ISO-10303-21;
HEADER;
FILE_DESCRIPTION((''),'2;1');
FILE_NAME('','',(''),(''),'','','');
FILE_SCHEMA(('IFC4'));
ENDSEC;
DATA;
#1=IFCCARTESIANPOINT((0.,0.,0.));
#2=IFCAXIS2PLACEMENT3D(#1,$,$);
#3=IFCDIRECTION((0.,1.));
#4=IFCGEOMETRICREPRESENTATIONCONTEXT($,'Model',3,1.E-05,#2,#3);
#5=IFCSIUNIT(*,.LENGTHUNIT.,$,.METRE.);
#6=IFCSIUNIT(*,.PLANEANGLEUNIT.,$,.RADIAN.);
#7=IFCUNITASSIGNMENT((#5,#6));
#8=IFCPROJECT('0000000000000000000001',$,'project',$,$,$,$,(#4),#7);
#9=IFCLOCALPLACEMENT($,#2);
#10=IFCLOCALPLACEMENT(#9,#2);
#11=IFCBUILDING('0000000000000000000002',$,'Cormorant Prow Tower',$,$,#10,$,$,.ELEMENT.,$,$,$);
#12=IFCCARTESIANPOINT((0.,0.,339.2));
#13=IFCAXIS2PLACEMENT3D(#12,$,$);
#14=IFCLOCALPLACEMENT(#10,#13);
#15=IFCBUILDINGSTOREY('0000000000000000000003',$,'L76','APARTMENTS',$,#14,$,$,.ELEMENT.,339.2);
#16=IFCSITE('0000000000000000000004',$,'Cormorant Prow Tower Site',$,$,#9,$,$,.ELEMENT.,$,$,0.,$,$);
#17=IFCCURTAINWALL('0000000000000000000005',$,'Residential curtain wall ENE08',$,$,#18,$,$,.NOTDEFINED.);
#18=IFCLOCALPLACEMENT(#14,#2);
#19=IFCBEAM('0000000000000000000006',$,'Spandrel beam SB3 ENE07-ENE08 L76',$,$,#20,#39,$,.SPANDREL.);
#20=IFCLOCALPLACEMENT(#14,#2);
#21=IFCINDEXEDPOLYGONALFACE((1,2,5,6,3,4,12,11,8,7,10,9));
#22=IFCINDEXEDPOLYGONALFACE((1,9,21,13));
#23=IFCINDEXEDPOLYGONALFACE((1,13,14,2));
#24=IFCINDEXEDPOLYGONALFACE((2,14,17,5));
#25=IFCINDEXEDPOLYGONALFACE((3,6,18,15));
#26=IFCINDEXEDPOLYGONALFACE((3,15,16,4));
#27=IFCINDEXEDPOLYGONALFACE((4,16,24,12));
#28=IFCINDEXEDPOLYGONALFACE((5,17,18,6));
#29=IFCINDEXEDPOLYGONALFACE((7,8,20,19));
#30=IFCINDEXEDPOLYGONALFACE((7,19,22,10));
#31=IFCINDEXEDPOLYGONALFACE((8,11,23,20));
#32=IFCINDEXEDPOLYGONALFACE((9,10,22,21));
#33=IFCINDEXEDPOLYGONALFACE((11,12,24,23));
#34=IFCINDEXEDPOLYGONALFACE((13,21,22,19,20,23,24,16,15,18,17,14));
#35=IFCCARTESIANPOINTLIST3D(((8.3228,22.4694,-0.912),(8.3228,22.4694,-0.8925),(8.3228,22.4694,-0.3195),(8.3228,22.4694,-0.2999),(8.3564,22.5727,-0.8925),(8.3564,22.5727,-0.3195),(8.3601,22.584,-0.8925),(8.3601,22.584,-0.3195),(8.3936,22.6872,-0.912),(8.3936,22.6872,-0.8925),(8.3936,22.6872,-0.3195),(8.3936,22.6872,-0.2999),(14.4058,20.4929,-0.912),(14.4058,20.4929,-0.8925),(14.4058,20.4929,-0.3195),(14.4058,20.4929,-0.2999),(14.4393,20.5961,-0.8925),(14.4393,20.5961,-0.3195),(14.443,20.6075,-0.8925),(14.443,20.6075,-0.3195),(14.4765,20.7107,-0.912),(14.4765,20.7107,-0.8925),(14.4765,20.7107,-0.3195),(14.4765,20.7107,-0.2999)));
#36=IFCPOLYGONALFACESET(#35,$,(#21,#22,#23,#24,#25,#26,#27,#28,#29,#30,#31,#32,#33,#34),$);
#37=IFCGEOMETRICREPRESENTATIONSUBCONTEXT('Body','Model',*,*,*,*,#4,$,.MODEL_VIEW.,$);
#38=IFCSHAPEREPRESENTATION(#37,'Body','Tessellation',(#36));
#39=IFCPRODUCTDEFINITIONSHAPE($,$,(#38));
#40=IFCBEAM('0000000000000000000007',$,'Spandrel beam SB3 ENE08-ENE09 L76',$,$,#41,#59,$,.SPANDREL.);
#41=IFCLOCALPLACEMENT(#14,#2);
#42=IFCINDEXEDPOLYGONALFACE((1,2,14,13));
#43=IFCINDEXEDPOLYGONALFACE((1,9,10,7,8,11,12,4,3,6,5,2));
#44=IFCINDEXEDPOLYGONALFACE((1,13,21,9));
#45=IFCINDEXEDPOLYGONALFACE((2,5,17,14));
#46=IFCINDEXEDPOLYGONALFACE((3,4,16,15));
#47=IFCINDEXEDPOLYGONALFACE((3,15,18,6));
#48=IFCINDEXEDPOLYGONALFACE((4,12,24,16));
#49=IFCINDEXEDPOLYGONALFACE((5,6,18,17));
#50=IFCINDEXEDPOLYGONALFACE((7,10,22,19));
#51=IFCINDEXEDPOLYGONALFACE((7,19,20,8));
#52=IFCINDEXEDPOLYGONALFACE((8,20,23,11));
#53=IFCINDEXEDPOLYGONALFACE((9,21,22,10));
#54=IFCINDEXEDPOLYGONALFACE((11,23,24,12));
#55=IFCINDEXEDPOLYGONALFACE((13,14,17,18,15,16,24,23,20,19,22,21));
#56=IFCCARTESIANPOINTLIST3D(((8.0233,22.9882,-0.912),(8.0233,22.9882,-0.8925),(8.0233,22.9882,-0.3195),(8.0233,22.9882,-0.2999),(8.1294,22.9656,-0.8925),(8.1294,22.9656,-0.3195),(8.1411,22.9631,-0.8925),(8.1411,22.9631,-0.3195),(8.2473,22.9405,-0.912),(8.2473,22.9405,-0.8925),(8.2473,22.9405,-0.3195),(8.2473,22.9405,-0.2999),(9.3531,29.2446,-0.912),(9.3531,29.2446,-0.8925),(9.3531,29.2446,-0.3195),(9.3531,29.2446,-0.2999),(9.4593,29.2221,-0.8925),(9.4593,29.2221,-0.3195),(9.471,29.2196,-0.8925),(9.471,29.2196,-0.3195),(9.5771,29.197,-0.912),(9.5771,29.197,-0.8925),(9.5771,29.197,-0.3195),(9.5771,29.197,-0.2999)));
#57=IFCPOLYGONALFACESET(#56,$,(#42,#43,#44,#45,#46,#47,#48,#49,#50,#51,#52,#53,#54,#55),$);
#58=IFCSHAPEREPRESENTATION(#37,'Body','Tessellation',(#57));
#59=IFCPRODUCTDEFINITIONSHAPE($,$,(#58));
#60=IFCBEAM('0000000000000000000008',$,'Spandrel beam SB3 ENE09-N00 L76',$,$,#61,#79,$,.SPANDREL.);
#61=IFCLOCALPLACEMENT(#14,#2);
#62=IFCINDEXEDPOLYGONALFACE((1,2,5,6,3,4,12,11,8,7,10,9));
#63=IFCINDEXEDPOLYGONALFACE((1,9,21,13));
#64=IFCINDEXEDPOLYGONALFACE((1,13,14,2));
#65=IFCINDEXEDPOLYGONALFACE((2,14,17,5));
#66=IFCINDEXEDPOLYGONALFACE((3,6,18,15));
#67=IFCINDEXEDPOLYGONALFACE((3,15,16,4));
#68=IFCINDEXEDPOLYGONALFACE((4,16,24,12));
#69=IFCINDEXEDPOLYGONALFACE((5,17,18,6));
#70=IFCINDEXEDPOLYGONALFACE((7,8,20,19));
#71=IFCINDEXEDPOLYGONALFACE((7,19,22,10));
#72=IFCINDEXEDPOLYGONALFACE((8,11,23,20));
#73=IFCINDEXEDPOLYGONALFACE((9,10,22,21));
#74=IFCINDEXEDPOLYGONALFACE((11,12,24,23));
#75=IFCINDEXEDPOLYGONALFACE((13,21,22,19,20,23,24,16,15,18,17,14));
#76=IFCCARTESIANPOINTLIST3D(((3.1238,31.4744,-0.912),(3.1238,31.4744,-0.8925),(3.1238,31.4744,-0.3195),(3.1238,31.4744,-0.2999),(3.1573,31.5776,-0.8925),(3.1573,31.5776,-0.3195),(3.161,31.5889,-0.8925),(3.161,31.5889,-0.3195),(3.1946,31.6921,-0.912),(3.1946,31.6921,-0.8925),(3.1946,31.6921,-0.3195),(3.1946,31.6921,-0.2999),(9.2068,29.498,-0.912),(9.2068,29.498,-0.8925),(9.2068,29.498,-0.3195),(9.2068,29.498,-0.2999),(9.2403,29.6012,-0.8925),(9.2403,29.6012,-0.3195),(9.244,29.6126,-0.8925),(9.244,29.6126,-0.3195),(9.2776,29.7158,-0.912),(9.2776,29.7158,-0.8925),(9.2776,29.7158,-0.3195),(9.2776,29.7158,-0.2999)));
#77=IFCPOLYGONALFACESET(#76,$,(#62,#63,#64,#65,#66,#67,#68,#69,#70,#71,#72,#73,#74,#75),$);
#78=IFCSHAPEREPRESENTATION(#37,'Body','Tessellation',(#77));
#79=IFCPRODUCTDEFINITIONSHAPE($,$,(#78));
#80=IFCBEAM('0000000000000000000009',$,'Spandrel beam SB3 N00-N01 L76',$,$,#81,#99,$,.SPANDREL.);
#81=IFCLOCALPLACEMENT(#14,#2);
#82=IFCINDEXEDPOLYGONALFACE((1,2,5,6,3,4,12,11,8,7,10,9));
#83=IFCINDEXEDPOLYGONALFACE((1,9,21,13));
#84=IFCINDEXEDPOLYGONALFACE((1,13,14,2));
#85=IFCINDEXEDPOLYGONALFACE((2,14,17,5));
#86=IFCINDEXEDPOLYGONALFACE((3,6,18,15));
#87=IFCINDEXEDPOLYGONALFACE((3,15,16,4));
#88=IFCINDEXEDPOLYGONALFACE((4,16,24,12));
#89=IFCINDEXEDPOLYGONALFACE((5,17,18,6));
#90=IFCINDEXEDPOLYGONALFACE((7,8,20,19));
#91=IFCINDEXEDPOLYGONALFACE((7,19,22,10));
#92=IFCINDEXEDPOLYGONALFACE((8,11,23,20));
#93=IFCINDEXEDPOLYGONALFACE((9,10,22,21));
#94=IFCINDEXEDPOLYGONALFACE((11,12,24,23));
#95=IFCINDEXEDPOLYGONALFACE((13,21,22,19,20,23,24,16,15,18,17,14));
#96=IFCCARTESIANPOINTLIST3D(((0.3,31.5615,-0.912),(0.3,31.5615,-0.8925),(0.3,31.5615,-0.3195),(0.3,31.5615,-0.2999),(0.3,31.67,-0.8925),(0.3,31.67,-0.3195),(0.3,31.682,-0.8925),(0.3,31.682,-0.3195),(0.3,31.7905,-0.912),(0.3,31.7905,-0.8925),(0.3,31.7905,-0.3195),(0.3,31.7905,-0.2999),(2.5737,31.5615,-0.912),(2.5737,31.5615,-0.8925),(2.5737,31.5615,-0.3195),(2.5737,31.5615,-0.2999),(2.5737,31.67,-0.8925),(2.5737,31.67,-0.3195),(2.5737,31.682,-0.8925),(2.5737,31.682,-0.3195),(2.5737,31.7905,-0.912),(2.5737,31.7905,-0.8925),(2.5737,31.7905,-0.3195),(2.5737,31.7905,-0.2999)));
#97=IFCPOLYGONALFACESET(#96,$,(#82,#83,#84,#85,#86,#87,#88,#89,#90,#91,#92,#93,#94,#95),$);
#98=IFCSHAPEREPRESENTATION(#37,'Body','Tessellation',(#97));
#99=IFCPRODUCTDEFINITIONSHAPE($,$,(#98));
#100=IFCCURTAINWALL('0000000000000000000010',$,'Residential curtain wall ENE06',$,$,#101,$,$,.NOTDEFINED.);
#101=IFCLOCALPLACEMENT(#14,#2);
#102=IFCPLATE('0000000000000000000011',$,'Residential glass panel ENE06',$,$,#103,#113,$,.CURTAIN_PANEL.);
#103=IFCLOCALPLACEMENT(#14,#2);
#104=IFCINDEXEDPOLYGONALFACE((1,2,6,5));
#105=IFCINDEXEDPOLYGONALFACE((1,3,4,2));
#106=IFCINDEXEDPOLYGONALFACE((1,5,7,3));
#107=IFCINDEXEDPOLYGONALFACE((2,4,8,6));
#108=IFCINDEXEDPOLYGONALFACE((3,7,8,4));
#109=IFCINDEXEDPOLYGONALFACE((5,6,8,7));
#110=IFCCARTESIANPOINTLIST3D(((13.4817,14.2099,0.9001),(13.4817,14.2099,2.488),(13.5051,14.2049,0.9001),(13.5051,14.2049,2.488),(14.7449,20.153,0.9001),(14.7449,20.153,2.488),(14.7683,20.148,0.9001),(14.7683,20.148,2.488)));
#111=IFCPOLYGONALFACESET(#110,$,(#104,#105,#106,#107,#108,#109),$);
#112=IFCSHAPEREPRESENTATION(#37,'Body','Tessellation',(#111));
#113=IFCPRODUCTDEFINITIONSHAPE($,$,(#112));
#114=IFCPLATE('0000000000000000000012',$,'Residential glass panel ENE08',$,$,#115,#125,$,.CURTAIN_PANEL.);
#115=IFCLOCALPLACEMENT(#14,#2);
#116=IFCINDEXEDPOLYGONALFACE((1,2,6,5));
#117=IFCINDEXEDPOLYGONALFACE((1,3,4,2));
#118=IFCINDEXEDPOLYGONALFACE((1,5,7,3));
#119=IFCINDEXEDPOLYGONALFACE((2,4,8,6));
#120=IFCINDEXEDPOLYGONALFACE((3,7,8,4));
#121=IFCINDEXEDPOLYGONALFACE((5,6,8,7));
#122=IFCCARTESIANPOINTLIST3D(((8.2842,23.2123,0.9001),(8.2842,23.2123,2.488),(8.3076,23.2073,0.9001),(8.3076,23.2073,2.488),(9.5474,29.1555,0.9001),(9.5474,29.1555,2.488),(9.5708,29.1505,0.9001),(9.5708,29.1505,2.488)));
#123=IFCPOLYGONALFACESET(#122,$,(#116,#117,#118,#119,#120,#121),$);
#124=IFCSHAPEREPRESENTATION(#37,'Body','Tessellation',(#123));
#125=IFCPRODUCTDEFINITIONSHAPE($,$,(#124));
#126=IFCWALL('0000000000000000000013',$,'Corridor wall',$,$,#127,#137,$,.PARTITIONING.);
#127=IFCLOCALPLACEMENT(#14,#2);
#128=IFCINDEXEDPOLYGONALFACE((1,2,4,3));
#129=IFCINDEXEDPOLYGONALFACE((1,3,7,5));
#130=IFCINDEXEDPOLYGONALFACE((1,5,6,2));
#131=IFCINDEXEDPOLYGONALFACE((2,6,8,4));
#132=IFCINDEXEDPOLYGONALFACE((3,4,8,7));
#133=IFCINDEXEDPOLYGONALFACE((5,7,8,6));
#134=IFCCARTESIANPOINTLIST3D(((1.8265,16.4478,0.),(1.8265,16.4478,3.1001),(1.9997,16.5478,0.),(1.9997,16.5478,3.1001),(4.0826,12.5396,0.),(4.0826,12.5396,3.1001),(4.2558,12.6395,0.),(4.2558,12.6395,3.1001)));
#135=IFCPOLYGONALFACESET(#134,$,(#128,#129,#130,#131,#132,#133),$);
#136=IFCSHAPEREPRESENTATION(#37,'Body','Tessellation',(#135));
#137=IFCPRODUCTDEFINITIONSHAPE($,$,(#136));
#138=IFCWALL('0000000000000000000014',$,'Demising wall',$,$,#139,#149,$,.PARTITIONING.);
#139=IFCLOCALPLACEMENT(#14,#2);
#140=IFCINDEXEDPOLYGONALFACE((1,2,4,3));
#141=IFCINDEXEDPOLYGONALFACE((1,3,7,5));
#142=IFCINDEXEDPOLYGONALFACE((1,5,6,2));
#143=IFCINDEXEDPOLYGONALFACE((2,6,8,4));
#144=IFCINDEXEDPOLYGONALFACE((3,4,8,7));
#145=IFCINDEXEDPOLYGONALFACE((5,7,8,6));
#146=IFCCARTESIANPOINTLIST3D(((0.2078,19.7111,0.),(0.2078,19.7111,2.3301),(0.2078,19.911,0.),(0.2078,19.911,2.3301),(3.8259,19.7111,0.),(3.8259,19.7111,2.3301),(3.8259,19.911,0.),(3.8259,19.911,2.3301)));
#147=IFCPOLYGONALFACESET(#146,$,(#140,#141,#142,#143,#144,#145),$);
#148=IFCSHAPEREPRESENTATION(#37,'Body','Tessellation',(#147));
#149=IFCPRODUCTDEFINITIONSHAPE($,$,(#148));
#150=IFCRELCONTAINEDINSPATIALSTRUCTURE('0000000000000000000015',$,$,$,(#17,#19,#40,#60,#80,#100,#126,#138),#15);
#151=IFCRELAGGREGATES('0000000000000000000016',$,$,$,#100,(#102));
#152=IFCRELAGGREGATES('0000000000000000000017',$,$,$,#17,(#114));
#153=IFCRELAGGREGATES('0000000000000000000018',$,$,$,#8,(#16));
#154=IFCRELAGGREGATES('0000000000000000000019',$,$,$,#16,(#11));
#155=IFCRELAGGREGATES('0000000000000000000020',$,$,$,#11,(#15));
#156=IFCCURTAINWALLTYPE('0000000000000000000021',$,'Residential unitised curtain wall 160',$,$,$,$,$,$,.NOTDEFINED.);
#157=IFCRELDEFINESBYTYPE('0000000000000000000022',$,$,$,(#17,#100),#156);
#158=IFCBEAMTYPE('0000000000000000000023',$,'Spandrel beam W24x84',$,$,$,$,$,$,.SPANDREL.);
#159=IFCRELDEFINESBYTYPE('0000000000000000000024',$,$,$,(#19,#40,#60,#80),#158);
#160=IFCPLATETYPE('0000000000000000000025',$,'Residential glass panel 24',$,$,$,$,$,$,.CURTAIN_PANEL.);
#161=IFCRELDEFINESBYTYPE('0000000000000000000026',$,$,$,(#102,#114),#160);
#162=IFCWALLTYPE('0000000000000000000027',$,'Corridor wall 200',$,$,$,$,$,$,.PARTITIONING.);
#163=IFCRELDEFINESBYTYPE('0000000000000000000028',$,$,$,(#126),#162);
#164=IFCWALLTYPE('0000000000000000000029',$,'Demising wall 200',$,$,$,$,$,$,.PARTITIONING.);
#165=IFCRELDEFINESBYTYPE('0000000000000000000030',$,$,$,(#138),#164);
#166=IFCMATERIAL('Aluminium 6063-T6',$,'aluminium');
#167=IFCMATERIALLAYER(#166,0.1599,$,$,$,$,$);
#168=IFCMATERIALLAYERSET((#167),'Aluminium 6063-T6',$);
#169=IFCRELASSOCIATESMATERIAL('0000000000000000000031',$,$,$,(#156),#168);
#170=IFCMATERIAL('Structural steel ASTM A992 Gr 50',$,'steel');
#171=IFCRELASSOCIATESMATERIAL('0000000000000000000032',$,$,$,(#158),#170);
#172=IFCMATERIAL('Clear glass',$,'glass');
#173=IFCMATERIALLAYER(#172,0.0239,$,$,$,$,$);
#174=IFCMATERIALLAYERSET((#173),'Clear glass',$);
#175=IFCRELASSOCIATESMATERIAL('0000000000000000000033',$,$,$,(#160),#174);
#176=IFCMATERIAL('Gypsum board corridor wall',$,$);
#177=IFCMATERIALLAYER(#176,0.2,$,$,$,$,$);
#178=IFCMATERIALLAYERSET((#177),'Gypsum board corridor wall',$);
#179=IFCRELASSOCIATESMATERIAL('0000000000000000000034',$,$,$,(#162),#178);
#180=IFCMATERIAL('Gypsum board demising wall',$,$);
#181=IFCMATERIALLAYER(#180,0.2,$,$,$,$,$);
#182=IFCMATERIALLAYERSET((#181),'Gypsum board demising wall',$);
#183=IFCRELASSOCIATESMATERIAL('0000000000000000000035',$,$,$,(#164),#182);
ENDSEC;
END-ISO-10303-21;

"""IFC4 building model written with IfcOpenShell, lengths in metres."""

from ifc_helpers import new_model, si_unit, direction, frame, frame_2d, origin, origin_2d, place, context, subcontext, project, spatial, rectangle, i_section, extrude, material, layer, layer_set, material_profile, profile_set, type_object, element, aggregate, save


model = new_model("IFC4")

# Units and contexts
model_context = context("Model", 3, precision=1e-05, world=origin(), true_north=direction((0.0, 1.0)))
body_context = subcontext(model_context, "Body", "Model", "MODEL_VIEW")
ifc_project = project(units=[si_unit("LENGTHUNIT", "METRE"), si_unit("PLANEANGLEUNIT", "RADIAN")], contexts=[model_context])

# Site, building, storey
site_placement = place(None, origin())
site = spatial("IfcSite", under=ifc_project, at=site_placement, Name="Cormorant Prow Tower Site", CompositionType="ELEMENT", RefElevation=0.0)
building_placement = place(site_placement, origin())
building = spatial("IfcBuilding", under=site, at=building_placement, Name="Cormorant Prow Tower", CompositionType="ELEMENT")
storey_placement = place(building_placement, frame((0.0, 0.0, 339.2)))
storey = spatial("IfcBuildingStorey", under=building, at=storey_placement, Name="L76", Description="APARTMENTS", CompositionType="ELEMENT", Elevation=339.2)

# Curtain wall
ifc_material_1 = material(Name="Aluminium 6063-T6", Category="aluminium")
ifc_layer_1 = layer(ifc_material_1, 0.1599)
ifc_layer_set_1 = layer_set([ifc_layer_1], Name="Aluminium 6063-T6")
curtain_wall_type = type_object("IfcCurtainWallType", Name="Residential unitised curtain wall 160", PredefinedType="NOTDEFINED", material=ifc_layer_set_1)
curtain_wall_1_placement = place(storey_placement, origin())
curtain_wall_1 = element("IfcCurtainWall", 1, at=curtain_wall_1_placement, inside=storey, type_object=curtain_wall_type, Name="Residential curtain wall ENE08", PredefinedType="NOTDEFINED")

# Beams
ifc_material_2 = material(Name="Structural steel ASTM A992 Gr 50", Category="steel")
ifc_material_profile_1 = material_profile(ifc_material_2, i_section(OverallWidth=0.229, OverallDepth=0.6121, WebThickness=0.012, FlangeThickness=0.0195, at=origin_2d()), Name="W24x84")
ifc_profile_set_1 = profile_set([ifc_material_profile_1], Name="Structural steel ASTM A992 Gr 50")
beam_type_1 = type_object("IfcBeamType", Name="Spandrel beam W24x84", PredefinedType="SPANDREL", material=ifc_profile_set_1)
beam_1_placement = place(storey_placement, frame((14.4412, 20.6018, -0.606), z_axis=(-0.951053, 0.309027, 0.0), x_axis=(-0.309027, -0.951053, 0.0)))
element("IfcBeam", 2, at=beam_1_placement, inside=storey, type_object=beam_type_1, Name="Spandrel beam SB3 ENE07-ENE08 L76", PredefinedType="SPANDREL", context=body_context, shape_type="SweptSolid", body=[
    extrude(i_section(OverallWidth=0.229, OverallDepth=0.6121, WebThickness=0.012, FlangeThickness=0.0195, at=origin_2d()), origin(), (0.0, 0.0, 1.0), 6.396),
])
beam_2_placement = place(storey_placement, frame((8.1353, 22.9644, -0.606), z_axis=(0.207913, 0.978147, 0.0), x_axis=(-0.978147, 0.207913, 0.0)))
element("IfcBeam", 3, at=beam_2_placement, inside=storey, type_object=beam_type_1, Name="Spandrel beam SB3 ENE08-ENE09 L76", PredefinedType="SPANDREL", context=body_context, shape_type="SweptSolid", body=[
    extrude(i_section(OverallWidth=0.229, OverallDepth=0.6121, WebThickness=0.012, FlangeThickness=0.0195, at=origin_2d()), origin(), (0.0, 0.0, 1.0), 6.3962),
])
beam_3_placement = place(storey_placement, frame((9.2422, 29.6069, -0.606), z_axis=(-0.951064, 0.308993, 0.0), x_axis=(-0.308993, -0.951064, 0.0)))
element("IfcBeam", 4, at=beam_3_placement, inside=storey, type_object=beam_type_1, Name="Spandrel beam SB3 ENE09-N00 L76", PredefinedType="SPANDREL", context=body_context, shape_type="SweptSolid", body=[
    extrude(i_section(OverallWidth=0.229, OverallDepth=0.6121, WebThickness=0.012, FlangeThickness=0.0195, at=origin_2d()), origin(), (0.0, 0.0, 1.0), 6.396),
])
beam_4_placement = place(storey_placement, frame((2.5737, 31.676, -0.606), z_axis=(-1.0, 0.0, 0.0), x_axis=(0.0, -1.0, 0.0)))
element("IfcBeam", 5, at=beam_4_placement, inside=storey, type_object=beam_type_1, Name="Spandrel beam SB3 N00-N01 L76", PredefinedType="SPANDREL", context=body_context, shape_type="SweptSolid", body=[
    extrude(i_section(OverallWidth=0.229, OverallDepth=0.6121, WebThickness=0.012, FlangeThickness=0.0195, at=origin_2d()), origin(), (0.0, 0.0, 1.0), 2.2737),
])

# Curtain wall, plate
curtain_wall_2_placement = place(storey_placement, origin())
curtain_wall_2 = element("IfcCurtainWall", 6, at=curtain_wall_2_placement, inside=storey, type_object=curtain_wall_type, Name="Residential curtain wall ENE06", PredefinedType="NOTDEFINED")
ifc_material_3 = material(Name="Clear glass", Category="glass")
ifc_layer_2 = layer(ifc_material_3, 0.0239)
ifc_layer_set_2 = layer_set([ifc_layer_2], Name="Clear glass")
plate_type = type_object("IfcPlateType", Name="Residential glass panel 24", PredefinedType="CURTAIN_PANEL", material=ifc_layer_set_2)
plate_1_placement = place(storey_placement, frame((14.125, 17.179, 0.9001), z_axis=(0.0, 0.0, 1.0), x_axis=(0.207912, 0.978148, 0.0)))
plate_1 = element("IfcPlate", 7, at=plate_1_placement, type_object=plate_type, Name="Residential glass panel ENE06", PredefinedType="CURTAIN_PANEL", context=body_context, shape_type="SweptSolid", body=[
    extrude(rectangle(XDim=6.0759, YDim=0.0239, at=origin_2d()), origin(), (0.0, 0.0, 1.0), 1.5879),
])
aggregate(curtain_wall_2, [plate_1])

# Plate
plate_2_placement = place(storey_placement, frame((8.9275, 26.1814, 0.9001), z_axis=(0.0, 0.0, 1.0), x_axis=(0.207912, 0.978148, 0.0)))
plate_2 = element("IfcPlate", 8, at=plate_2_placement, type_object=plate_type, Name="Residential glass panel ENE08", PredefinedType="CURTAIN_PANEL", context=body_context, shape_type="SweptSolid", body=[
    extrude(rectangle(XDim=6.0759, YDim=0.0239, at=origin_2d()), origin(), (0.0, 0.0, 1.0), 1.5879),
])
aggregate(curtain_wall_1, [plate_2])

# Walls
ifc_material_4 = material(Name="Gypsum board corridor wall")
ifc_layer_3 = layer(ifc_material_4, 0.2)
ifc_layer_set_3 = layer_set([ifc_layer_3], Name="Gypsum board corridor wall")
wall_type_1 = type_object("IfcWallType", Name="Corridor wall 200", PredefinedType="PARTITIONING", material=ifc_layer_set_3)
wall_1_placement = place(storey_placement, frame((1.9131, 16.4978, 0.0), z_axis=(0.0, 0.0, 1.0), x_axis=(0.49995, -0.866054, 0.0)))
element("IfcWall", 9, at=wall_1_placement, inside=storey, type_object=wall_type_1, Name="Corridor wall", PredefinedType="PARTITIONING", context=body_context, shape_type="SweptSolid", body=[
    extrude(rectangle(XDim=4.5127, YDim=0.2, at=frame_2d((2.2563, 0.0))), origin(), (0.0, 0.0, 1.0), 3.1001),
])
ifc_material_5 = material(Name="Gypsum board demising wall")
ifc_layer_4 = layer(ifc_material_5, 0.2)
ifc_layer_set_4 = layer_set([ifc_layer_4], Name="Gypsum board demising wall")
wall_type_2 = type_object("IfcWallType", Name="Demising wall 200", PredefinedType="PARTITIONING", material=ifc_layer_set_4)
wall_2_placement = place(storey_placement, frame((0.2078, 19.811, 0.0), z_axis=(0.0, 0.0, 1.0), x_axis=(1.0, 0.0, 0.0)))
element("IfcWall", 10, at=wall_2_placement, inside=storey, type_object=wall_type_2, Name="Demising wall", PredefinedType="PARTITIONING", context=body_context, shape_type="SweptSolid", body=[
    extrude(rectangle(XDim=3.6182, YDim=0.2, at=frame_2d((1.8091, 0.0))), origin(), (0.0, 0.0, 1.0), 2.3301),
])

save(model, "model.ifc")
